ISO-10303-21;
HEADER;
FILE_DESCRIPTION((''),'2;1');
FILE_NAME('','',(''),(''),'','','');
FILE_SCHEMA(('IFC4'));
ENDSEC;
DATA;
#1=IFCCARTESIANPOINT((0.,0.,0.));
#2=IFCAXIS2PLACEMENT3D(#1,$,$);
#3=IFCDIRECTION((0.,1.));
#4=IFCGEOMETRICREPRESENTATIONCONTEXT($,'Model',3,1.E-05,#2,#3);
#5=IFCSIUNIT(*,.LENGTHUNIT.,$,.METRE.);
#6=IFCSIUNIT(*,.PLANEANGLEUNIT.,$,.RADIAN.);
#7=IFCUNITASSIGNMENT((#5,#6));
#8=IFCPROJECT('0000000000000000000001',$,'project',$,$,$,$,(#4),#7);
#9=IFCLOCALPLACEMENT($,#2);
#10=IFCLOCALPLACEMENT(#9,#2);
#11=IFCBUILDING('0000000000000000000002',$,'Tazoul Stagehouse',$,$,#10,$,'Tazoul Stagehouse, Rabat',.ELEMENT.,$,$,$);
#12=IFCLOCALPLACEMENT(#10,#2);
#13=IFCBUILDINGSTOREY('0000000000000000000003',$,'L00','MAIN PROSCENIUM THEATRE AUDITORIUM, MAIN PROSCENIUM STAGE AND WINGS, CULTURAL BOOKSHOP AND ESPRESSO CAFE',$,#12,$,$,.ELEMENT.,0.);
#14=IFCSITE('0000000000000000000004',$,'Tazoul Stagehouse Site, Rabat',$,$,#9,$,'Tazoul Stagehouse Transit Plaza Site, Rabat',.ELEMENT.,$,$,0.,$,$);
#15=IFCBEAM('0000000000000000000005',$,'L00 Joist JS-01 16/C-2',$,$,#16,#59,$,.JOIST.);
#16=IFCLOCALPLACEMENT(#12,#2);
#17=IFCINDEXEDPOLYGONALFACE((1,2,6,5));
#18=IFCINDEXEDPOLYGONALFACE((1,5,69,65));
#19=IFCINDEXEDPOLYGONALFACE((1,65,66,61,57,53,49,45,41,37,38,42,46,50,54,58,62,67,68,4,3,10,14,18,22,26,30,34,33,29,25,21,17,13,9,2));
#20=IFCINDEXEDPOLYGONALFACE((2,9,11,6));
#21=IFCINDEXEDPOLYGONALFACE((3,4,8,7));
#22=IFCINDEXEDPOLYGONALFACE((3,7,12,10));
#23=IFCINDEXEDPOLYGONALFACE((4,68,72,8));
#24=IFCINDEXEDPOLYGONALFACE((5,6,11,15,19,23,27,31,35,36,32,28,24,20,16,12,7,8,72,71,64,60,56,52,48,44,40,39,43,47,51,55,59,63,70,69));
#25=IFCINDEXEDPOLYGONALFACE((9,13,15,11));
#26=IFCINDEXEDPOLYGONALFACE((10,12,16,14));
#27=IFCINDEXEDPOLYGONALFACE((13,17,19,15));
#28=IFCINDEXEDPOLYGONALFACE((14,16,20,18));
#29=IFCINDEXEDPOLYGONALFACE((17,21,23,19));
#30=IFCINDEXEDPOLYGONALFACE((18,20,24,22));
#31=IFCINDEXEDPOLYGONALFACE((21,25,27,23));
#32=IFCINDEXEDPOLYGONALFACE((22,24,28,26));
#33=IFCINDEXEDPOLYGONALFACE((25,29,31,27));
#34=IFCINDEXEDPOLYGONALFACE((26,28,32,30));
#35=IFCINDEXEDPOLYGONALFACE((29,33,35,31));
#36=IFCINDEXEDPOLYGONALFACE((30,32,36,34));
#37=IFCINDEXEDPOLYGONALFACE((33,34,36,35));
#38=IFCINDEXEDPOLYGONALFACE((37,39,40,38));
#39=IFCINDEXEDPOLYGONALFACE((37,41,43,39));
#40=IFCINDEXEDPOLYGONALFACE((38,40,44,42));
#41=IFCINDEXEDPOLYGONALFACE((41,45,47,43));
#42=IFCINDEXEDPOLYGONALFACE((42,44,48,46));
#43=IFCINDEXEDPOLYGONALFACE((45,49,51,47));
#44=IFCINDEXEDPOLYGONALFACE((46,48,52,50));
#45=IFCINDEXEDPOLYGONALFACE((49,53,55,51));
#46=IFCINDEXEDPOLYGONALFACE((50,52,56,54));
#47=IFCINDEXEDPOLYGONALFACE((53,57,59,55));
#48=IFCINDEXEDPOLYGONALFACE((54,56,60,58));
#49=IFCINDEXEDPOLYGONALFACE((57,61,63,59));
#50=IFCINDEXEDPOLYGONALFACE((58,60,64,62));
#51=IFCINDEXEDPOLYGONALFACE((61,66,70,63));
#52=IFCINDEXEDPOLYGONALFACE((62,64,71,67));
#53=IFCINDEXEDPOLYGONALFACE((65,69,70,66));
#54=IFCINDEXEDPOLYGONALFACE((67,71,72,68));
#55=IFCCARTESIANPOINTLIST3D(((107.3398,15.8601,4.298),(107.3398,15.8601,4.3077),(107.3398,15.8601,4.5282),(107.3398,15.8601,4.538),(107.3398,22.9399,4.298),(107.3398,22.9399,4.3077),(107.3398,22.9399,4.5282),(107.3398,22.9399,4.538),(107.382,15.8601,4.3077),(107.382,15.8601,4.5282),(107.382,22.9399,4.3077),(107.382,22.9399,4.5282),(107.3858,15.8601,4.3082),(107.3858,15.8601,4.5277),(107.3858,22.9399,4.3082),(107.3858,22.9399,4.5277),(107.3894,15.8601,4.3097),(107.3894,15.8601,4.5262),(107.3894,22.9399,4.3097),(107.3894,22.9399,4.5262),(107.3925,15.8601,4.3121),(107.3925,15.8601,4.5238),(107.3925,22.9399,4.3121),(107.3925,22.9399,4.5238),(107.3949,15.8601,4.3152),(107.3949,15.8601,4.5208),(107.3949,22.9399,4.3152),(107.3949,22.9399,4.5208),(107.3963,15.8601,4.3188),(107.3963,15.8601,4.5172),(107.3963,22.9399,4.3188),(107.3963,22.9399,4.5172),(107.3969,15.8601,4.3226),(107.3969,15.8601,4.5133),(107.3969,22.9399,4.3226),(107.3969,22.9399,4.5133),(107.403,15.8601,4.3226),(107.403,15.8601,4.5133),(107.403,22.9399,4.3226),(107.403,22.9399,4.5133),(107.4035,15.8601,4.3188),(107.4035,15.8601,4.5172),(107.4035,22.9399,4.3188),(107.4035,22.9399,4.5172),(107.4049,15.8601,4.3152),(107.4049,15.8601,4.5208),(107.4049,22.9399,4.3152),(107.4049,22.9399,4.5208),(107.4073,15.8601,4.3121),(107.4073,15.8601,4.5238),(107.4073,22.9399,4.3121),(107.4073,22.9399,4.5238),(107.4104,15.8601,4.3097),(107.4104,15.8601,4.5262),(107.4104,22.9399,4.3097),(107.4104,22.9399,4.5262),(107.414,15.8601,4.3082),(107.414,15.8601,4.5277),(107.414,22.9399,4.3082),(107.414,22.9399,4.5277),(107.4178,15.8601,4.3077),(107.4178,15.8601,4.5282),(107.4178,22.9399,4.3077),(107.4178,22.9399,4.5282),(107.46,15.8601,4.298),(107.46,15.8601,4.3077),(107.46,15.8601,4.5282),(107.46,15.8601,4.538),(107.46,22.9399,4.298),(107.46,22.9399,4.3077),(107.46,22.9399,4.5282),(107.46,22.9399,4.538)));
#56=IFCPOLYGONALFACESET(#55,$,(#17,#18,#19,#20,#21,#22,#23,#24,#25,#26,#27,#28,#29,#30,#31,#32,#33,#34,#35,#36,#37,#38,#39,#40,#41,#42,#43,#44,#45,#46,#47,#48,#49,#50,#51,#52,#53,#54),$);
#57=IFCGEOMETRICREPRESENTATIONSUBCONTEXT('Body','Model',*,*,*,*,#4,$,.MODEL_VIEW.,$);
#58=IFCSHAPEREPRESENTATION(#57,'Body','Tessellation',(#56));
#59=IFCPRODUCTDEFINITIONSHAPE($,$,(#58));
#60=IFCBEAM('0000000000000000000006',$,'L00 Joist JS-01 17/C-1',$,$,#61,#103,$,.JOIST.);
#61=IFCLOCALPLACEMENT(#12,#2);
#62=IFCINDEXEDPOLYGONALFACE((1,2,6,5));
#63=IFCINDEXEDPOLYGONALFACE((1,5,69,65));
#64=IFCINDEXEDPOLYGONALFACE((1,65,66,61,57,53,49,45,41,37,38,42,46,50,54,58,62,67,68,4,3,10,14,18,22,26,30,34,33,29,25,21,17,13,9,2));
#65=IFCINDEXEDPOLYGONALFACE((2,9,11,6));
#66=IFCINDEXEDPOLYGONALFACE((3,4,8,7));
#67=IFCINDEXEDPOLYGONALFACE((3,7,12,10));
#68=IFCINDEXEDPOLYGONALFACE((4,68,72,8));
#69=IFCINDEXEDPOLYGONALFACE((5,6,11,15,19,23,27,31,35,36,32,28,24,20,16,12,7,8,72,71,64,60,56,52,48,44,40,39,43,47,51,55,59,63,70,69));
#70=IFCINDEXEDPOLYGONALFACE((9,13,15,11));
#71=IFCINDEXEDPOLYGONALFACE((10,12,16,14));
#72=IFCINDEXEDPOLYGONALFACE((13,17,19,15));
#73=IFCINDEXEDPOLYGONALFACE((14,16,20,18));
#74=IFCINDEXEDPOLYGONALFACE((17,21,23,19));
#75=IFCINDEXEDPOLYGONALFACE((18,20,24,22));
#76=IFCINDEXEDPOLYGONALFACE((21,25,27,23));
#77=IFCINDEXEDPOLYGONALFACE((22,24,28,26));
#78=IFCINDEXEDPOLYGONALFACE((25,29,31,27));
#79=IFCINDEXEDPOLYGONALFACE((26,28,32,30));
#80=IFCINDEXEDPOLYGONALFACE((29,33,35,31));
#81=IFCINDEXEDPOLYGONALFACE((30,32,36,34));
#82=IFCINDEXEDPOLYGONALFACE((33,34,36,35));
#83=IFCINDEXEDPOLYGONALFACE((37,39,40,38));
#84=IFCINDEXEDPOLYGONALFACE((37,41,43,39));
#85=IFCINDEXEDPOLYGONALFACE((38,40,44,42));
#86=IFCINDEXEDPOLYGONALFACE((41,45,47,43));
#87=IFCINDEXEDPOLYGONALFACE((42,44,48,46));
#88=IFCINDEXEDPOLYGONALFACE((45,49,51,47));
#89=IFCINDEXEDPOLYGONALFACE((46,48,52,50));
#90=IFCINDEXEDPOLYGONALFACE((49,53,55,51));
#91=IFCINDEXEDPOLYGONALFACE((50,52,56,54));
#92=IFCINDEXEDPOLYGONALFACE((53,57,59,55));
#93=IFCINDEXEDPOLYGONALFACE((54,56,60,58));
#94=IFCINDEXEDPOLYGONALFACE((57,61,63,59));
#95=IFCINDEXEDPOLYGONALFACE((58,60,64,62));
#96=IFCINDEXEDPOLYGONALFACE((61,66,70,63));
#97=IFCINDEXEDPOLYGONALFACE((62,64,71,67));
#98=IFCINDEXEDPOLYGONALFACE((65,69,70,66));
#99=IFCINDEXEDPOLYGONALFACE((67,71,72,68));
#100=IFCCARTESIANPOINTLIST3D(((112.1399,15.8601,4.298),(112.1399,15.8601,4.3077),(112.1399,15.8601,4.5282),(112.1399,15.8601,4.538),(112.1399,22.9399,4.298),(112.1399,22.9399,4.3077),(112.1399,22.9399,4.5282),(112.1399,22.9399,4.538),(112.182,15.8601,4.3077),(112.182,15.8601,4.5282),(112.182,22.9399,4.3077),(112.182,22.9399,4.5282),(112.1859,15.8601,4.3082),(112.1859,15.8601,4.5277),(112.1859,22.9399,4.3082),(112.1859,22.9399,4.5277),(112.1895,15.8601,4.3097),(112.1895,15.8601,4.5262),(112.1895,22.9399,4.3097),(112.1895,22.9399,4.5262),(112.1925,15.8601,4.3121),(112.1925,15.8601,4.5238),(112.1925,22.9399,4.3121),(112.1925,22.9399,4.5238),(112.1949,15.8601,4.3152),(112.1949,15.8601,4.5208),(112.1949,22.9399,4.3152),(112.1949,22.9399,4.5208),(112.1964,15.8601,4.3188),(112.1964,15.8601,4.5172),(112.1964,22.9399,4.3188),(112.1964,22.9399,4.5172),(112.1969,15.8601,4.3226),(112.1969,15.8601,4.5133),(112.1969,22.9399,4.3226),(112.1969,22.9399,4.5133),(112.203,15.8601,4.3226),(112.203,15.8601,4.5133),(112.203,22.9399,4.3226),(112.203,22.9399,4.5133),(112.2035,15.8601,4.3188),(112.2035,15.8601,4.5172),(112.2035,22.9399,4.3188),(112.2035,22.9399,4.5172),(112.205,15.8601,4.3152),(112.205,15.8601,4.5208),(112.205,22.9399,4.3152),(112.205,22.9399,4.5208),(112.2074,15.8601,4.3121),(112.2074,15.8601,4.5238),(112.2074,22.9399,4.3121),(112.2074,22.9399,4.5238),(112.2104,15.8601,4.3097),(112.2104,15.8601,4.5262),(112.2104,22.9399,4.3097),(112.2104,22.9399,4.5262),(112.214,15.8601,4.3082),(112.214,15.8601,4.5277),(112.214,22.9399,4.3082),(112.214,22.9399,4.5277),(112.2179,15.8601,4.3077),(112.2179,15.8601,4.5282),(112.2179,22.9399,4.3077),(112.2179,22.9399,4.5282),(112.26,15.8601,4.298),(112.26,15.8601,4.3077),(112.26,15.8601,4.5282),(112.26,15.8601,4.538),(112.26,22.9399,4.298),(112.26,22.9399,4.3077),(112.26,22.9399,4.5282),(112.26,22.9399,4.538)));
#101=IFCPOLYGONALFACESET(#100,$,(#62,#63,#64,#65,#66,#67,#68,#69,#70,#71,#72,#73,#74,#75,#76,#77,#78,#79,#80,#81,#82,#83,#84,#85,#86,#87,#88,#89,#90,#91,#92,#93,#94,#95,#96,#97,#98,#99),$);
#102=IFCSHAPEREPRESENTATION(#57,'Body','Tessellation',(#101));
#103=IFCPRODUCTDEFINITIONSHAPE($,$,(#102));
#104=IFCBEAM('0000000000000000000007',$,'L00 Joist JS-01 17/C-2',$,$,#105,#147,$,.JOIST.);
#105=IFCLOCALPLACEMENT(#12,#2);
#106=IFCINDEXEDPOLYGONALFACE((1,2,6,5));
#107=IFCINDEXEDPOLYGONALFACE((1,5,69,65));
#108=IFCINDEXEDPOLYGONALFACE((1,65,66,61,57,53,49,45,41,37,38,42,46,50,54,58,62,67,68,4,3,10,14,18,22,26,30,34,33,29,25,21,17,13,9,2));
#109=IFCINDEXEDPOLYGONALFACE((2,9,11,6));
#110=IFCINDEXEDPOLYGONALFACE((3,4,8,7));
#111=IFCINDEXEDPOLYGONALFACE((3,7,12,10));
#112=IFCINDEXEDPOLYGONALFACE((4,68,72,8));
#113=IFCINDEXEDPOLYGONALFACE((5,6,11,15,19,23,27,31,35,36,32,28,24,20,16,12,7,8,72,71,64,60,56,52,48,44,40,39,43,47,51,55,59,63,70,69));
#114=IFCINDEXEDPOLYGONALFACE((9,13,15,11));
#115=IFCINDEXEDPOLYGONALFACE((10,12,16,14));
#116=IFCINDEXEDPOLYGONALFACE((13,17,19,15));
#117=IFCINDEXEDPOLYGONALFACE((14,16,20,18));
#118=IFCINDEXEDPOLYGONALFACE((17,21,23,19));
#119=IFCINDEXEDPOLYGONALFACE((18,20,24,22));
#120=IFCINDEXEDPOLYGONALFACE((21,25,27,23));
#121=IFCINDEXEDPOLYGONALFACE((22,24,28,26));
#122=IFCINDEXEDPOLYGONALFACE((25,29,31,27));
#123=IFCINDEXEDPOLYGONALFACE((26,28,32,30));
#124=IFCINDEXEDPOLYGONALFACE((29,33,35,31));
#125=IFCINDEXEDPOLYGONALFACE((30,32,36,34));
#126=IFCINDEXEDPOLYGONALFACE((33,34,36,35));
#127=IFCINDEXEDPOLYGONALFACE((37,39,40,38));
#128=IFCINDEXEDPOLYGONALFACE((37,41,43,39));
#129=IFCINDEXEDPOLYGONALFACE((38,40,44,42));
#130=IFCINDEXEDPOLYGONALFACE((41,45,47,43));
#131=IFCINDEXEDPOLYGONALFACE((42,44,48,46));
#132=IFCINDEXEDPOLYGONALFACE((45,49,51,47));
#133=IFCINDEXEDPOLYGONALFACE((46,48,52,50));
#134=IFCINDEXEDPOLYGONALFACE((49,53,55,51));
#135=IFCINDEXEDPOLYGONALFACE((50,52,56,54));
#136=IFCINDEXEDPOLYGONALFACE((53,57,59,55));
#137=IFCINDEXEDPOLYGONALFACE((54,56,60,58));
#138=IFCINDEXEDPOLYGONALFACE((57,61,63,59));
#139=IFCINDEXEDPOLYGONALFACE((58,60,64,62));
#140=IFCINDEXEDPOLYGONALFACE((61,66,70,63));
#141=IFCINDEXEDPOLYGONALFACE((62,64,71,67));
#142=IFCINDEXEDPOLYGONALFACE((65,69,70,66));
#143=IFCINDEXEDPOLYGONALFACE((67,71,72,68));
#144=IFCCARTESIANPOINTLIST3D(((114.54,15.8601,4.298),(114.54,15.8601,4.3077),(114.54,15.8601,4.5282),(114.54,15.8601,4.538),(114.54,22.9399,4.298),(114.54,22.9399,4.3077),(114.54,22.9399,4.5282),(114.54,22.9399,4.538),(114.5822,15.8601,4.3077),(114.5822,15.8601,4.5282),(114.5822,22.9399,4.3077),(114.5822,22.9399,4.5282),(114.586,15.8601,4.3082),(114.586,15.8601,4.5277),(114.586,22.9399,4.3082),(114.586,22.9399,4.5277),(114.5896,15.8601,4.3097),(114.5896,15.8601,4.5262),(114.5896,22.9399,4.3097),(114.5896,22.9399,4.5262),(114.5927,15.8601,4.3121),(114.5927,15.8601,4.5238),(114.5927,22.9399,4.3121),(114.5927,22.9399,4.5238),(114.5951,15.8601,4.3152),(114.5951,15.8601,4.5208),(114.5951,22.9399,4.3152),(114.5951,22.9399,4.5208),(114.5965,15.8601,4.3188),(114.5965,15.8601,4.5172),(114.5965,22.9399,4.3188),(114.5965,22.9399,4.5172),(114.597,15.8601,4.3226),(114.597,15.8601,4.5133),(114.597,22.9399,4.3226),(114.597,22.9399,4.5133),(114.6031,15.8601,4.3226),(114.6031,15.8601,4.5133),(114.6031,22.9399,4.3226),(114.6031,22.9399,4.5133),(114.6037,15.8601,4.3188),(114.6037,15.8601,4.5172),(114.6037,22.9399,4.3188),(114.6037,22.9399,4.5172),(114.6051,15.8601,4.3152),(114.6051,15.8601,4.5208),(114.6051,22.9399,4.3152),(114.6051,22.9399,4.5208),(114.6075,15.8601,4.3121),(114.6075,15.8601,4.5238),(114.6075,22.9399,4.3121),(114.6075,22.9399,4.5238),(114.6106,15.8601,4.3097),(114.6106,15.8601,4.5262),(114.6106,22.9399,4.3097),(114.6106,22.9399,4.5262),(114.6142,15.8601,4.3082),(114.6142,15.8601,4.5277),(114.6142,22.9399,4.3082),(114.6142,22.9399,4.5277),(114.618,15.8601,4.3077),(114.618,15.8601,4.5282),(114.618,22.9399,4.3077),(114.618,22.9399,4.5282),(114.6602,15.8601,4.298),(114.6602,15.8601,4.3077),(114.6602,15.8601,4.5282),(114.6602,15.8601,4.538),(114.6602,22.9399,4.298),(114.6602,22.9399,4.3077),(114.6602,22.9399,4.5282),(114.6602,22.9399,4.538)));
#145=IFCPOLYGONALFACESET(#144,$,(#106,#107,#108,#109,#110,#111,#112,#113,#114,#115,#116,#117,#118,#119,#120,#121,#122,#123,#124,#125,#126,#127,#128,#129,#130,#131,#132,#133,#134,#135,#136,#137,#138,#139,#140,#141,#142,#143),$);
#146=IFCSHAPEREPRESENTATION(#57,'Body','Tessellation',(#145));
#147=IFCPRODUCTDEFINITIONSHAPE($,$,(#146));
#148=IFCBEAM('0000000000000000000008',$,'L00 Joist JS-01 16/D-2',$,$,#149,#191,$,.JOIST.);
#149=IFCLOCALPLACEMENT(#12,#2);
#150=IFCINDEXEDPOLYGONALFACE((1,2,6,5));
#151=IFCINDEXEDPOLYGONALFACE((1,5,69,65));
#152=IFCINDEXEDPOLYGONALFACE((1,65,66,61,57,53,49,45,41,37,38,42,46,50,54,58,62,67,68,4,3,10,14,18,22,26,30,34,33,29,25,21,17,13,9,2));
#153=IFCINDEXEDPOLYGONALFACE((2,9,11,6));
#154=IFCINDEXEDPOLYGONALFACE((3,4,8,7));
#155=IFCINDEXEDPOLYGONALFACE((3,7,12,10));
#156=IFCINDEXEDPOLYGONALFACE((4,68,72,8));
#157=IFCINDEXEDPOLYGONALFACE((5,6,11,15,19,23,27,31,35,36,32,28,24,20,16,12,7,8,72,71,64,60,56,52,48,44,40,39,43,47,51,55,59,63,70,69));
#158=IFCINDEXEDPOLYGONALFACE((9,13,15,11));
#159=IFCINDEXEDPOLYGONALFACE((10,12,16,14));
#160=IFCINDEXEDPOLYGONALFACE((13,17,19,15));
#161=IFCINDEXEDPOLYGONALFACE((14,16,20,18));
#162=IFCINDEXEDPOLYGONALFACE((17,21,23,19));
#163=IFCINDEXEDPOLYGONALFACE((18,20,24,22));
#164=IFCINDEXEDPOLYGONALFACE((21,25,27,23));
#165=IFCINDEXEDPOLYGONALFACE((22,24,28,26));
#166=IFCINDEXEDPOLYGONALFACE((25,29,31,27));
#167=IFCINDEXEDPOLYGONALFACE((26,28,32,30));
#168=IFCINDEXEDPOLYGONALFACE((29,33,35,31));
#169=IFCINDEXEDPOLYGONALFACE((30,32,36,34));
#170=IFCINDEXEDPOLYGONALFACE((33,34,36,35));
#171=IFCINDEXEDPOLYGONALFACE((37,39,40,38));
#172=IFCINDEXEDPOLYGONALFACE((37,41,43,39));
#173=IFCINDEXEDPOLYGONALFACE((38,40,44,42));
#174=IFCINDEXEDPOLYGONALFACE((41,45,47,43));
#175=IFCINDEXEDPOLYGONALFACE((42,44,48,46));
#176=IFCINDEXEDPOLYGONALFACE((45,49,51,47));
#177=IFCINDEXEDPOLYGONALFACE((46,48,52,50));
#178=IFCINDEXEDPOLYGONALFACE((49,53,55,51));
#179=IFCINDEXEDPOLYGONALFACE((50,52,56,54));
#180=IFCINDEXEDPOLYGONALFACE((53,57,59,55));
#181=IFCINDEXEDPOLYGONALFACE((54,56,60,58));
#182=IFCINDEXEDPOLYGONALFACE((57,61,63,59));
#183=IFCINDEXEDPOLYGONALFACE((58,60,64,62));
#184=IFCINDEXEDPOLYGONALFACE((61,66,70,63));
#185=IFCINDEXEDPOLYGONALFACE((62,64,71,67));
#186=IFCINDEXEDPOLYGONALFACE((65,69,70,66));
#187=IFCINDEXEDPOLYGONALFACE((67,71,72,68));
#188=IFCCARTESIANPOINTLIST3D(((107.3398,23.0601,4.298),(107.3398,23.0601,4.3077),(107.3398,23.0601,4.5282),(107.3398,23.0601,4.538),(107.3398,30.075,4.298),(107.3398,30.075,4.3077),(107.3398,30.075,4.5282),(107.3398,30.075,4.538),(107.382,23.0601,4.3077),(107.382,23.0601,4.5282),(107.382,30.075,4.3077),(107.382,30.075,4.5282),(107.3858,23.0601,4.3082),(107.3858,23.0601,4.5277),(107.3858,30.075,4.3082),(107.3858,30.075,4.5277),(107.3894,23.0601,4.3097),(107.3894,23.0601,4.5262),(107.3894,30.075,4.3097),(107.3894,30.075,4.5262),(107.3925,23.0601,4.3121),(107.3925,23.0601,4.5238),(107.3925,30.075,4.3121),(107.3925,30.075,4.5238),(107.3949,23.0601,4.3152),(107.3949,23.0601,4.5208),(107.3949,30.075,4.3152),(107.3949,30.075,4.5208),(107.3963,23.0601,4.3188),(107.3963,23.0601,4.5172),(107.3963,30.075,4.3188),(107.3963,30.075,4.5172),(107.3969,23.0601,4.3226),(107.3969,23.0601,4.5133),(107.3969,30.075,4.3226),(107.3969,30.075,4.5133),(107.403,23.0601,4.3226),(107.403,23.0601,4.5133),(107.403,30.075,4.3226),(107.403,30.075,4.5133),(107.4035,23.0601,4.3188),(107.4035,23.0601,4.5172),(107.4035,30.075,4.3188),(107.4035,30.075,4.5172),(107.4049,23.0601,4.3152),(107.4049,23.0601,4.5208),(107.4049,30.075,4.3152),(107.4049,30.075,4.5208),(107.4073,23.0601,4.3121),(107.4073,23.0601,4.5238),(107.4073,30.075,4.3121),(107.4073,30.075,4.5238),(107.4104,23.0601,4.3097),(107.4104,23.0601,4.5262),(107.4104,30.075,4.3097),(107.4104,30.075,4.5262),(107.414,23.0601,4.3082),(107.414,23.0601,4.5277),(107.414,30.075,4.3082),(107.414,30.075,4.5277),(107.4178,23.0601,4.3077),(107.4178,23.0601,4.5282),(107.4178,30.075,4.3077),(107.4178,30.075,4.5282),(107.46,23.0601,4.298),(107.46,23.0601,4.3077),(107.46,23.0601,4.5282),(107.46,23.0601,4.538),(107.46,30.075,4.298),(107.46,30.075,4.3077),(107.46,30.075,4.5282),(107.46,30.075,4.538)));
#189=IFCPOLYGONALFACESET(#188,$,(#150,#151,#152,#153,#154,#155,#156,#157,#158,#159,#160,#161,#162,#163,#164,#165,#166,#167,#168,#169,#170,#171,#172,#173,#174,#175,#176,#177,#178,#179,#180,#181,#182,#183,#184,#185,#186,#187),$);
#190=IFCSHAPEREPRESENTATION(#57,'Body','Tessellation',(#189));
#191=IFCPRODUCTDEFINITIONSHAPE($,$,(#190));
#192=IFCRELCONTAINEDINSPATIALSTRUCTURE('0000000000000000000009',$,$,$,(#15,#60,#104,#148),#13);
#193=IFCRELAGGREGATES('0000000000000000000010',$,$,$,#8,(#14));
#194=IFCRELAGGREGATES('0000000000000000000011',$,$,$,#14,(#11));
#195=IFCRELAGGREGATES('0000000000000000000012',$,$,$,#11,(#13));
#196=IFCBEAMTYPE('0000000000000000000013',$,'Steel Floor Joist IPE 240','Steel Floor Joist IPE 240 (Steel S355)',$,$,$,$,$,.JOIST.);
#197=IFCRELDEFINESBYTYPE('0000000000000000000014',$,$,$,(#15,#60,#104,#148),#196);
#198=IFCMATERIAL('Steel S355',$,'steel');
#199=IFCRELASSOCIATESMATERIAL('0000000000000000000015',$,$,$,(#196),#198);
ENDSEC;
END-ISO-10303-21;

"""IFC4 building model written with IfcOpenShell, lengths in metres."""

from ifc_helpers import new_model, si_unit, direction, frame, origin, origin_2d, place, context, subcontext, project, spatial, i_section, extrude, material, material_profile, profile_set, type_object, element, save


model = new_model("IFC4")

# Units and contexts
model_context = context("Model", 3, precision=1e-05, world=origin(), true_north=direction((0.0, 1.0)))
body_context = subcontext(model_context, "Body", "Model", "MODEL_VIEW")
ifc_project = project(units=[si_unit("LENGTHUNIT", "METRE"), si_unit("PLANEANGLEUNIT", "RADIAN")], contexts=[model_context])

# Site, building, storey
site_placement = place(None, origin())
site = spatial("IfcSite", under=ifc_project, at=site_placement, Name="Tazoul Stagehouse Site, Rabat", LongName="Tazoul Stagehouse Transit Plaza Site, Rabat", CompositionType="ELEMENT", RefElevation=0.0)
building_placement = place(site_placement, origin())
building = spatial("IfcBuilding", under=site, at=building_placement, Name="Tazoul Stagehouse", LongName="Tazoul Stagehouse, Rabat", CompositionType="ELEMENT")
storey_placement = place(building_placement, origin())
storey = spatial("IfcBuildingStorey", under=building, at=storey_placement, Name="L00", Description="MAIN PROSCENIUM THEATRE AUDITORIUM, MAIN PROSCENIUM STAGE AND WINGS, CULTURAL BOOKSHOP AND ESPRESSO CAFE", CompositionType="ELEMENT", Elevation=0.0)

# Beams
ifc_material_1 = material(Name="Steel S355", Category="steel")
ifc_material_profile_1 = material_profile(ifc_material_1, i_section(OverallWidth=0.1201, OverallDepth=0.24, WebThickness=0.0061, FlangeThickness=0.0098, FilletRadius=0.0149, at=origin_2d()), Name="IPE 240")
ifc_profile_set_1 = profile_set([ifc_material_profile_1], Name="Steel S355")
beam_type_1 = type_object("IfcBeamType", Name="Steel Floor Joist IPE 240", Description="Steel Floor Joist IPE 240 (Steel S355)", PredefinedType="JOIST", material=ifc_profile_set_1)
for number, where, z_axis, x_axis, name in (
    (1, (107.3999, 15.8601, 4.418), (0.0, 1.0, 0.0), (-1.0, 0.0, 0.0), "L00 Joist JS-01 16/C-2"),
    (2, (112.2, 15.8601, 4.418), (0.0, 1.0, 0.0), (-1.0, 0.0, 0.0), "L00 Joist JS-01 17/C-1"),
    (3, (114.6001, 15.8601, 4.418), (0.0, 1.0, 0.0), (-1.0, 0.0, 0.0), "L00 Joist JS-01 17/C-2"),
):
    element("IfcBeam", number, at=place(storey_placement, frame(where, z_axis=z_axis, x_axis=x_axis)), inside=storey, type_object=beam_type_1, Name=name, PredefinedType="JOIST", context=body_context, shape_type="SweptSolid", body=[
        extrude(i_section(OverallWidth=0.1201, OverallDepth=0.24, WebThickness=0.0061, FlangeThickness=0.0098, FilletRadius=0.0149, at=origin_2d()), origin(), (0.0, 0.0, 1.0), 7.0798),
    ])
for number, where, z_axis, x_axis, name in (
    (4, (107.3999, 23.0601, 4.418), (0.0, 1.0, 0.0), (-1.0, 0.0, 0.0), "L00 Joist JS-01 16/D-2"),
):
    element("IfcBeam", number, at=place(storey_placement, frame(where, z_axis=z_axis, x_axis=x_axis)), inside=storey, type_object=beam_type_1, Name=name, PredefinedType="JOIST", context=body_context, shape_type="SweptSolid", body=[
        extrude(i_section(OverallWidth=0.1201, OverallDepth=0.24, WebThickness=0.0061, FlangeThickness=0.0098, FilletRadius=0.0149, at=origin_2d()), origin(), (0.0, 0.0, 1.0), 7.0149),
    ])

save(model, "model.ifc")
